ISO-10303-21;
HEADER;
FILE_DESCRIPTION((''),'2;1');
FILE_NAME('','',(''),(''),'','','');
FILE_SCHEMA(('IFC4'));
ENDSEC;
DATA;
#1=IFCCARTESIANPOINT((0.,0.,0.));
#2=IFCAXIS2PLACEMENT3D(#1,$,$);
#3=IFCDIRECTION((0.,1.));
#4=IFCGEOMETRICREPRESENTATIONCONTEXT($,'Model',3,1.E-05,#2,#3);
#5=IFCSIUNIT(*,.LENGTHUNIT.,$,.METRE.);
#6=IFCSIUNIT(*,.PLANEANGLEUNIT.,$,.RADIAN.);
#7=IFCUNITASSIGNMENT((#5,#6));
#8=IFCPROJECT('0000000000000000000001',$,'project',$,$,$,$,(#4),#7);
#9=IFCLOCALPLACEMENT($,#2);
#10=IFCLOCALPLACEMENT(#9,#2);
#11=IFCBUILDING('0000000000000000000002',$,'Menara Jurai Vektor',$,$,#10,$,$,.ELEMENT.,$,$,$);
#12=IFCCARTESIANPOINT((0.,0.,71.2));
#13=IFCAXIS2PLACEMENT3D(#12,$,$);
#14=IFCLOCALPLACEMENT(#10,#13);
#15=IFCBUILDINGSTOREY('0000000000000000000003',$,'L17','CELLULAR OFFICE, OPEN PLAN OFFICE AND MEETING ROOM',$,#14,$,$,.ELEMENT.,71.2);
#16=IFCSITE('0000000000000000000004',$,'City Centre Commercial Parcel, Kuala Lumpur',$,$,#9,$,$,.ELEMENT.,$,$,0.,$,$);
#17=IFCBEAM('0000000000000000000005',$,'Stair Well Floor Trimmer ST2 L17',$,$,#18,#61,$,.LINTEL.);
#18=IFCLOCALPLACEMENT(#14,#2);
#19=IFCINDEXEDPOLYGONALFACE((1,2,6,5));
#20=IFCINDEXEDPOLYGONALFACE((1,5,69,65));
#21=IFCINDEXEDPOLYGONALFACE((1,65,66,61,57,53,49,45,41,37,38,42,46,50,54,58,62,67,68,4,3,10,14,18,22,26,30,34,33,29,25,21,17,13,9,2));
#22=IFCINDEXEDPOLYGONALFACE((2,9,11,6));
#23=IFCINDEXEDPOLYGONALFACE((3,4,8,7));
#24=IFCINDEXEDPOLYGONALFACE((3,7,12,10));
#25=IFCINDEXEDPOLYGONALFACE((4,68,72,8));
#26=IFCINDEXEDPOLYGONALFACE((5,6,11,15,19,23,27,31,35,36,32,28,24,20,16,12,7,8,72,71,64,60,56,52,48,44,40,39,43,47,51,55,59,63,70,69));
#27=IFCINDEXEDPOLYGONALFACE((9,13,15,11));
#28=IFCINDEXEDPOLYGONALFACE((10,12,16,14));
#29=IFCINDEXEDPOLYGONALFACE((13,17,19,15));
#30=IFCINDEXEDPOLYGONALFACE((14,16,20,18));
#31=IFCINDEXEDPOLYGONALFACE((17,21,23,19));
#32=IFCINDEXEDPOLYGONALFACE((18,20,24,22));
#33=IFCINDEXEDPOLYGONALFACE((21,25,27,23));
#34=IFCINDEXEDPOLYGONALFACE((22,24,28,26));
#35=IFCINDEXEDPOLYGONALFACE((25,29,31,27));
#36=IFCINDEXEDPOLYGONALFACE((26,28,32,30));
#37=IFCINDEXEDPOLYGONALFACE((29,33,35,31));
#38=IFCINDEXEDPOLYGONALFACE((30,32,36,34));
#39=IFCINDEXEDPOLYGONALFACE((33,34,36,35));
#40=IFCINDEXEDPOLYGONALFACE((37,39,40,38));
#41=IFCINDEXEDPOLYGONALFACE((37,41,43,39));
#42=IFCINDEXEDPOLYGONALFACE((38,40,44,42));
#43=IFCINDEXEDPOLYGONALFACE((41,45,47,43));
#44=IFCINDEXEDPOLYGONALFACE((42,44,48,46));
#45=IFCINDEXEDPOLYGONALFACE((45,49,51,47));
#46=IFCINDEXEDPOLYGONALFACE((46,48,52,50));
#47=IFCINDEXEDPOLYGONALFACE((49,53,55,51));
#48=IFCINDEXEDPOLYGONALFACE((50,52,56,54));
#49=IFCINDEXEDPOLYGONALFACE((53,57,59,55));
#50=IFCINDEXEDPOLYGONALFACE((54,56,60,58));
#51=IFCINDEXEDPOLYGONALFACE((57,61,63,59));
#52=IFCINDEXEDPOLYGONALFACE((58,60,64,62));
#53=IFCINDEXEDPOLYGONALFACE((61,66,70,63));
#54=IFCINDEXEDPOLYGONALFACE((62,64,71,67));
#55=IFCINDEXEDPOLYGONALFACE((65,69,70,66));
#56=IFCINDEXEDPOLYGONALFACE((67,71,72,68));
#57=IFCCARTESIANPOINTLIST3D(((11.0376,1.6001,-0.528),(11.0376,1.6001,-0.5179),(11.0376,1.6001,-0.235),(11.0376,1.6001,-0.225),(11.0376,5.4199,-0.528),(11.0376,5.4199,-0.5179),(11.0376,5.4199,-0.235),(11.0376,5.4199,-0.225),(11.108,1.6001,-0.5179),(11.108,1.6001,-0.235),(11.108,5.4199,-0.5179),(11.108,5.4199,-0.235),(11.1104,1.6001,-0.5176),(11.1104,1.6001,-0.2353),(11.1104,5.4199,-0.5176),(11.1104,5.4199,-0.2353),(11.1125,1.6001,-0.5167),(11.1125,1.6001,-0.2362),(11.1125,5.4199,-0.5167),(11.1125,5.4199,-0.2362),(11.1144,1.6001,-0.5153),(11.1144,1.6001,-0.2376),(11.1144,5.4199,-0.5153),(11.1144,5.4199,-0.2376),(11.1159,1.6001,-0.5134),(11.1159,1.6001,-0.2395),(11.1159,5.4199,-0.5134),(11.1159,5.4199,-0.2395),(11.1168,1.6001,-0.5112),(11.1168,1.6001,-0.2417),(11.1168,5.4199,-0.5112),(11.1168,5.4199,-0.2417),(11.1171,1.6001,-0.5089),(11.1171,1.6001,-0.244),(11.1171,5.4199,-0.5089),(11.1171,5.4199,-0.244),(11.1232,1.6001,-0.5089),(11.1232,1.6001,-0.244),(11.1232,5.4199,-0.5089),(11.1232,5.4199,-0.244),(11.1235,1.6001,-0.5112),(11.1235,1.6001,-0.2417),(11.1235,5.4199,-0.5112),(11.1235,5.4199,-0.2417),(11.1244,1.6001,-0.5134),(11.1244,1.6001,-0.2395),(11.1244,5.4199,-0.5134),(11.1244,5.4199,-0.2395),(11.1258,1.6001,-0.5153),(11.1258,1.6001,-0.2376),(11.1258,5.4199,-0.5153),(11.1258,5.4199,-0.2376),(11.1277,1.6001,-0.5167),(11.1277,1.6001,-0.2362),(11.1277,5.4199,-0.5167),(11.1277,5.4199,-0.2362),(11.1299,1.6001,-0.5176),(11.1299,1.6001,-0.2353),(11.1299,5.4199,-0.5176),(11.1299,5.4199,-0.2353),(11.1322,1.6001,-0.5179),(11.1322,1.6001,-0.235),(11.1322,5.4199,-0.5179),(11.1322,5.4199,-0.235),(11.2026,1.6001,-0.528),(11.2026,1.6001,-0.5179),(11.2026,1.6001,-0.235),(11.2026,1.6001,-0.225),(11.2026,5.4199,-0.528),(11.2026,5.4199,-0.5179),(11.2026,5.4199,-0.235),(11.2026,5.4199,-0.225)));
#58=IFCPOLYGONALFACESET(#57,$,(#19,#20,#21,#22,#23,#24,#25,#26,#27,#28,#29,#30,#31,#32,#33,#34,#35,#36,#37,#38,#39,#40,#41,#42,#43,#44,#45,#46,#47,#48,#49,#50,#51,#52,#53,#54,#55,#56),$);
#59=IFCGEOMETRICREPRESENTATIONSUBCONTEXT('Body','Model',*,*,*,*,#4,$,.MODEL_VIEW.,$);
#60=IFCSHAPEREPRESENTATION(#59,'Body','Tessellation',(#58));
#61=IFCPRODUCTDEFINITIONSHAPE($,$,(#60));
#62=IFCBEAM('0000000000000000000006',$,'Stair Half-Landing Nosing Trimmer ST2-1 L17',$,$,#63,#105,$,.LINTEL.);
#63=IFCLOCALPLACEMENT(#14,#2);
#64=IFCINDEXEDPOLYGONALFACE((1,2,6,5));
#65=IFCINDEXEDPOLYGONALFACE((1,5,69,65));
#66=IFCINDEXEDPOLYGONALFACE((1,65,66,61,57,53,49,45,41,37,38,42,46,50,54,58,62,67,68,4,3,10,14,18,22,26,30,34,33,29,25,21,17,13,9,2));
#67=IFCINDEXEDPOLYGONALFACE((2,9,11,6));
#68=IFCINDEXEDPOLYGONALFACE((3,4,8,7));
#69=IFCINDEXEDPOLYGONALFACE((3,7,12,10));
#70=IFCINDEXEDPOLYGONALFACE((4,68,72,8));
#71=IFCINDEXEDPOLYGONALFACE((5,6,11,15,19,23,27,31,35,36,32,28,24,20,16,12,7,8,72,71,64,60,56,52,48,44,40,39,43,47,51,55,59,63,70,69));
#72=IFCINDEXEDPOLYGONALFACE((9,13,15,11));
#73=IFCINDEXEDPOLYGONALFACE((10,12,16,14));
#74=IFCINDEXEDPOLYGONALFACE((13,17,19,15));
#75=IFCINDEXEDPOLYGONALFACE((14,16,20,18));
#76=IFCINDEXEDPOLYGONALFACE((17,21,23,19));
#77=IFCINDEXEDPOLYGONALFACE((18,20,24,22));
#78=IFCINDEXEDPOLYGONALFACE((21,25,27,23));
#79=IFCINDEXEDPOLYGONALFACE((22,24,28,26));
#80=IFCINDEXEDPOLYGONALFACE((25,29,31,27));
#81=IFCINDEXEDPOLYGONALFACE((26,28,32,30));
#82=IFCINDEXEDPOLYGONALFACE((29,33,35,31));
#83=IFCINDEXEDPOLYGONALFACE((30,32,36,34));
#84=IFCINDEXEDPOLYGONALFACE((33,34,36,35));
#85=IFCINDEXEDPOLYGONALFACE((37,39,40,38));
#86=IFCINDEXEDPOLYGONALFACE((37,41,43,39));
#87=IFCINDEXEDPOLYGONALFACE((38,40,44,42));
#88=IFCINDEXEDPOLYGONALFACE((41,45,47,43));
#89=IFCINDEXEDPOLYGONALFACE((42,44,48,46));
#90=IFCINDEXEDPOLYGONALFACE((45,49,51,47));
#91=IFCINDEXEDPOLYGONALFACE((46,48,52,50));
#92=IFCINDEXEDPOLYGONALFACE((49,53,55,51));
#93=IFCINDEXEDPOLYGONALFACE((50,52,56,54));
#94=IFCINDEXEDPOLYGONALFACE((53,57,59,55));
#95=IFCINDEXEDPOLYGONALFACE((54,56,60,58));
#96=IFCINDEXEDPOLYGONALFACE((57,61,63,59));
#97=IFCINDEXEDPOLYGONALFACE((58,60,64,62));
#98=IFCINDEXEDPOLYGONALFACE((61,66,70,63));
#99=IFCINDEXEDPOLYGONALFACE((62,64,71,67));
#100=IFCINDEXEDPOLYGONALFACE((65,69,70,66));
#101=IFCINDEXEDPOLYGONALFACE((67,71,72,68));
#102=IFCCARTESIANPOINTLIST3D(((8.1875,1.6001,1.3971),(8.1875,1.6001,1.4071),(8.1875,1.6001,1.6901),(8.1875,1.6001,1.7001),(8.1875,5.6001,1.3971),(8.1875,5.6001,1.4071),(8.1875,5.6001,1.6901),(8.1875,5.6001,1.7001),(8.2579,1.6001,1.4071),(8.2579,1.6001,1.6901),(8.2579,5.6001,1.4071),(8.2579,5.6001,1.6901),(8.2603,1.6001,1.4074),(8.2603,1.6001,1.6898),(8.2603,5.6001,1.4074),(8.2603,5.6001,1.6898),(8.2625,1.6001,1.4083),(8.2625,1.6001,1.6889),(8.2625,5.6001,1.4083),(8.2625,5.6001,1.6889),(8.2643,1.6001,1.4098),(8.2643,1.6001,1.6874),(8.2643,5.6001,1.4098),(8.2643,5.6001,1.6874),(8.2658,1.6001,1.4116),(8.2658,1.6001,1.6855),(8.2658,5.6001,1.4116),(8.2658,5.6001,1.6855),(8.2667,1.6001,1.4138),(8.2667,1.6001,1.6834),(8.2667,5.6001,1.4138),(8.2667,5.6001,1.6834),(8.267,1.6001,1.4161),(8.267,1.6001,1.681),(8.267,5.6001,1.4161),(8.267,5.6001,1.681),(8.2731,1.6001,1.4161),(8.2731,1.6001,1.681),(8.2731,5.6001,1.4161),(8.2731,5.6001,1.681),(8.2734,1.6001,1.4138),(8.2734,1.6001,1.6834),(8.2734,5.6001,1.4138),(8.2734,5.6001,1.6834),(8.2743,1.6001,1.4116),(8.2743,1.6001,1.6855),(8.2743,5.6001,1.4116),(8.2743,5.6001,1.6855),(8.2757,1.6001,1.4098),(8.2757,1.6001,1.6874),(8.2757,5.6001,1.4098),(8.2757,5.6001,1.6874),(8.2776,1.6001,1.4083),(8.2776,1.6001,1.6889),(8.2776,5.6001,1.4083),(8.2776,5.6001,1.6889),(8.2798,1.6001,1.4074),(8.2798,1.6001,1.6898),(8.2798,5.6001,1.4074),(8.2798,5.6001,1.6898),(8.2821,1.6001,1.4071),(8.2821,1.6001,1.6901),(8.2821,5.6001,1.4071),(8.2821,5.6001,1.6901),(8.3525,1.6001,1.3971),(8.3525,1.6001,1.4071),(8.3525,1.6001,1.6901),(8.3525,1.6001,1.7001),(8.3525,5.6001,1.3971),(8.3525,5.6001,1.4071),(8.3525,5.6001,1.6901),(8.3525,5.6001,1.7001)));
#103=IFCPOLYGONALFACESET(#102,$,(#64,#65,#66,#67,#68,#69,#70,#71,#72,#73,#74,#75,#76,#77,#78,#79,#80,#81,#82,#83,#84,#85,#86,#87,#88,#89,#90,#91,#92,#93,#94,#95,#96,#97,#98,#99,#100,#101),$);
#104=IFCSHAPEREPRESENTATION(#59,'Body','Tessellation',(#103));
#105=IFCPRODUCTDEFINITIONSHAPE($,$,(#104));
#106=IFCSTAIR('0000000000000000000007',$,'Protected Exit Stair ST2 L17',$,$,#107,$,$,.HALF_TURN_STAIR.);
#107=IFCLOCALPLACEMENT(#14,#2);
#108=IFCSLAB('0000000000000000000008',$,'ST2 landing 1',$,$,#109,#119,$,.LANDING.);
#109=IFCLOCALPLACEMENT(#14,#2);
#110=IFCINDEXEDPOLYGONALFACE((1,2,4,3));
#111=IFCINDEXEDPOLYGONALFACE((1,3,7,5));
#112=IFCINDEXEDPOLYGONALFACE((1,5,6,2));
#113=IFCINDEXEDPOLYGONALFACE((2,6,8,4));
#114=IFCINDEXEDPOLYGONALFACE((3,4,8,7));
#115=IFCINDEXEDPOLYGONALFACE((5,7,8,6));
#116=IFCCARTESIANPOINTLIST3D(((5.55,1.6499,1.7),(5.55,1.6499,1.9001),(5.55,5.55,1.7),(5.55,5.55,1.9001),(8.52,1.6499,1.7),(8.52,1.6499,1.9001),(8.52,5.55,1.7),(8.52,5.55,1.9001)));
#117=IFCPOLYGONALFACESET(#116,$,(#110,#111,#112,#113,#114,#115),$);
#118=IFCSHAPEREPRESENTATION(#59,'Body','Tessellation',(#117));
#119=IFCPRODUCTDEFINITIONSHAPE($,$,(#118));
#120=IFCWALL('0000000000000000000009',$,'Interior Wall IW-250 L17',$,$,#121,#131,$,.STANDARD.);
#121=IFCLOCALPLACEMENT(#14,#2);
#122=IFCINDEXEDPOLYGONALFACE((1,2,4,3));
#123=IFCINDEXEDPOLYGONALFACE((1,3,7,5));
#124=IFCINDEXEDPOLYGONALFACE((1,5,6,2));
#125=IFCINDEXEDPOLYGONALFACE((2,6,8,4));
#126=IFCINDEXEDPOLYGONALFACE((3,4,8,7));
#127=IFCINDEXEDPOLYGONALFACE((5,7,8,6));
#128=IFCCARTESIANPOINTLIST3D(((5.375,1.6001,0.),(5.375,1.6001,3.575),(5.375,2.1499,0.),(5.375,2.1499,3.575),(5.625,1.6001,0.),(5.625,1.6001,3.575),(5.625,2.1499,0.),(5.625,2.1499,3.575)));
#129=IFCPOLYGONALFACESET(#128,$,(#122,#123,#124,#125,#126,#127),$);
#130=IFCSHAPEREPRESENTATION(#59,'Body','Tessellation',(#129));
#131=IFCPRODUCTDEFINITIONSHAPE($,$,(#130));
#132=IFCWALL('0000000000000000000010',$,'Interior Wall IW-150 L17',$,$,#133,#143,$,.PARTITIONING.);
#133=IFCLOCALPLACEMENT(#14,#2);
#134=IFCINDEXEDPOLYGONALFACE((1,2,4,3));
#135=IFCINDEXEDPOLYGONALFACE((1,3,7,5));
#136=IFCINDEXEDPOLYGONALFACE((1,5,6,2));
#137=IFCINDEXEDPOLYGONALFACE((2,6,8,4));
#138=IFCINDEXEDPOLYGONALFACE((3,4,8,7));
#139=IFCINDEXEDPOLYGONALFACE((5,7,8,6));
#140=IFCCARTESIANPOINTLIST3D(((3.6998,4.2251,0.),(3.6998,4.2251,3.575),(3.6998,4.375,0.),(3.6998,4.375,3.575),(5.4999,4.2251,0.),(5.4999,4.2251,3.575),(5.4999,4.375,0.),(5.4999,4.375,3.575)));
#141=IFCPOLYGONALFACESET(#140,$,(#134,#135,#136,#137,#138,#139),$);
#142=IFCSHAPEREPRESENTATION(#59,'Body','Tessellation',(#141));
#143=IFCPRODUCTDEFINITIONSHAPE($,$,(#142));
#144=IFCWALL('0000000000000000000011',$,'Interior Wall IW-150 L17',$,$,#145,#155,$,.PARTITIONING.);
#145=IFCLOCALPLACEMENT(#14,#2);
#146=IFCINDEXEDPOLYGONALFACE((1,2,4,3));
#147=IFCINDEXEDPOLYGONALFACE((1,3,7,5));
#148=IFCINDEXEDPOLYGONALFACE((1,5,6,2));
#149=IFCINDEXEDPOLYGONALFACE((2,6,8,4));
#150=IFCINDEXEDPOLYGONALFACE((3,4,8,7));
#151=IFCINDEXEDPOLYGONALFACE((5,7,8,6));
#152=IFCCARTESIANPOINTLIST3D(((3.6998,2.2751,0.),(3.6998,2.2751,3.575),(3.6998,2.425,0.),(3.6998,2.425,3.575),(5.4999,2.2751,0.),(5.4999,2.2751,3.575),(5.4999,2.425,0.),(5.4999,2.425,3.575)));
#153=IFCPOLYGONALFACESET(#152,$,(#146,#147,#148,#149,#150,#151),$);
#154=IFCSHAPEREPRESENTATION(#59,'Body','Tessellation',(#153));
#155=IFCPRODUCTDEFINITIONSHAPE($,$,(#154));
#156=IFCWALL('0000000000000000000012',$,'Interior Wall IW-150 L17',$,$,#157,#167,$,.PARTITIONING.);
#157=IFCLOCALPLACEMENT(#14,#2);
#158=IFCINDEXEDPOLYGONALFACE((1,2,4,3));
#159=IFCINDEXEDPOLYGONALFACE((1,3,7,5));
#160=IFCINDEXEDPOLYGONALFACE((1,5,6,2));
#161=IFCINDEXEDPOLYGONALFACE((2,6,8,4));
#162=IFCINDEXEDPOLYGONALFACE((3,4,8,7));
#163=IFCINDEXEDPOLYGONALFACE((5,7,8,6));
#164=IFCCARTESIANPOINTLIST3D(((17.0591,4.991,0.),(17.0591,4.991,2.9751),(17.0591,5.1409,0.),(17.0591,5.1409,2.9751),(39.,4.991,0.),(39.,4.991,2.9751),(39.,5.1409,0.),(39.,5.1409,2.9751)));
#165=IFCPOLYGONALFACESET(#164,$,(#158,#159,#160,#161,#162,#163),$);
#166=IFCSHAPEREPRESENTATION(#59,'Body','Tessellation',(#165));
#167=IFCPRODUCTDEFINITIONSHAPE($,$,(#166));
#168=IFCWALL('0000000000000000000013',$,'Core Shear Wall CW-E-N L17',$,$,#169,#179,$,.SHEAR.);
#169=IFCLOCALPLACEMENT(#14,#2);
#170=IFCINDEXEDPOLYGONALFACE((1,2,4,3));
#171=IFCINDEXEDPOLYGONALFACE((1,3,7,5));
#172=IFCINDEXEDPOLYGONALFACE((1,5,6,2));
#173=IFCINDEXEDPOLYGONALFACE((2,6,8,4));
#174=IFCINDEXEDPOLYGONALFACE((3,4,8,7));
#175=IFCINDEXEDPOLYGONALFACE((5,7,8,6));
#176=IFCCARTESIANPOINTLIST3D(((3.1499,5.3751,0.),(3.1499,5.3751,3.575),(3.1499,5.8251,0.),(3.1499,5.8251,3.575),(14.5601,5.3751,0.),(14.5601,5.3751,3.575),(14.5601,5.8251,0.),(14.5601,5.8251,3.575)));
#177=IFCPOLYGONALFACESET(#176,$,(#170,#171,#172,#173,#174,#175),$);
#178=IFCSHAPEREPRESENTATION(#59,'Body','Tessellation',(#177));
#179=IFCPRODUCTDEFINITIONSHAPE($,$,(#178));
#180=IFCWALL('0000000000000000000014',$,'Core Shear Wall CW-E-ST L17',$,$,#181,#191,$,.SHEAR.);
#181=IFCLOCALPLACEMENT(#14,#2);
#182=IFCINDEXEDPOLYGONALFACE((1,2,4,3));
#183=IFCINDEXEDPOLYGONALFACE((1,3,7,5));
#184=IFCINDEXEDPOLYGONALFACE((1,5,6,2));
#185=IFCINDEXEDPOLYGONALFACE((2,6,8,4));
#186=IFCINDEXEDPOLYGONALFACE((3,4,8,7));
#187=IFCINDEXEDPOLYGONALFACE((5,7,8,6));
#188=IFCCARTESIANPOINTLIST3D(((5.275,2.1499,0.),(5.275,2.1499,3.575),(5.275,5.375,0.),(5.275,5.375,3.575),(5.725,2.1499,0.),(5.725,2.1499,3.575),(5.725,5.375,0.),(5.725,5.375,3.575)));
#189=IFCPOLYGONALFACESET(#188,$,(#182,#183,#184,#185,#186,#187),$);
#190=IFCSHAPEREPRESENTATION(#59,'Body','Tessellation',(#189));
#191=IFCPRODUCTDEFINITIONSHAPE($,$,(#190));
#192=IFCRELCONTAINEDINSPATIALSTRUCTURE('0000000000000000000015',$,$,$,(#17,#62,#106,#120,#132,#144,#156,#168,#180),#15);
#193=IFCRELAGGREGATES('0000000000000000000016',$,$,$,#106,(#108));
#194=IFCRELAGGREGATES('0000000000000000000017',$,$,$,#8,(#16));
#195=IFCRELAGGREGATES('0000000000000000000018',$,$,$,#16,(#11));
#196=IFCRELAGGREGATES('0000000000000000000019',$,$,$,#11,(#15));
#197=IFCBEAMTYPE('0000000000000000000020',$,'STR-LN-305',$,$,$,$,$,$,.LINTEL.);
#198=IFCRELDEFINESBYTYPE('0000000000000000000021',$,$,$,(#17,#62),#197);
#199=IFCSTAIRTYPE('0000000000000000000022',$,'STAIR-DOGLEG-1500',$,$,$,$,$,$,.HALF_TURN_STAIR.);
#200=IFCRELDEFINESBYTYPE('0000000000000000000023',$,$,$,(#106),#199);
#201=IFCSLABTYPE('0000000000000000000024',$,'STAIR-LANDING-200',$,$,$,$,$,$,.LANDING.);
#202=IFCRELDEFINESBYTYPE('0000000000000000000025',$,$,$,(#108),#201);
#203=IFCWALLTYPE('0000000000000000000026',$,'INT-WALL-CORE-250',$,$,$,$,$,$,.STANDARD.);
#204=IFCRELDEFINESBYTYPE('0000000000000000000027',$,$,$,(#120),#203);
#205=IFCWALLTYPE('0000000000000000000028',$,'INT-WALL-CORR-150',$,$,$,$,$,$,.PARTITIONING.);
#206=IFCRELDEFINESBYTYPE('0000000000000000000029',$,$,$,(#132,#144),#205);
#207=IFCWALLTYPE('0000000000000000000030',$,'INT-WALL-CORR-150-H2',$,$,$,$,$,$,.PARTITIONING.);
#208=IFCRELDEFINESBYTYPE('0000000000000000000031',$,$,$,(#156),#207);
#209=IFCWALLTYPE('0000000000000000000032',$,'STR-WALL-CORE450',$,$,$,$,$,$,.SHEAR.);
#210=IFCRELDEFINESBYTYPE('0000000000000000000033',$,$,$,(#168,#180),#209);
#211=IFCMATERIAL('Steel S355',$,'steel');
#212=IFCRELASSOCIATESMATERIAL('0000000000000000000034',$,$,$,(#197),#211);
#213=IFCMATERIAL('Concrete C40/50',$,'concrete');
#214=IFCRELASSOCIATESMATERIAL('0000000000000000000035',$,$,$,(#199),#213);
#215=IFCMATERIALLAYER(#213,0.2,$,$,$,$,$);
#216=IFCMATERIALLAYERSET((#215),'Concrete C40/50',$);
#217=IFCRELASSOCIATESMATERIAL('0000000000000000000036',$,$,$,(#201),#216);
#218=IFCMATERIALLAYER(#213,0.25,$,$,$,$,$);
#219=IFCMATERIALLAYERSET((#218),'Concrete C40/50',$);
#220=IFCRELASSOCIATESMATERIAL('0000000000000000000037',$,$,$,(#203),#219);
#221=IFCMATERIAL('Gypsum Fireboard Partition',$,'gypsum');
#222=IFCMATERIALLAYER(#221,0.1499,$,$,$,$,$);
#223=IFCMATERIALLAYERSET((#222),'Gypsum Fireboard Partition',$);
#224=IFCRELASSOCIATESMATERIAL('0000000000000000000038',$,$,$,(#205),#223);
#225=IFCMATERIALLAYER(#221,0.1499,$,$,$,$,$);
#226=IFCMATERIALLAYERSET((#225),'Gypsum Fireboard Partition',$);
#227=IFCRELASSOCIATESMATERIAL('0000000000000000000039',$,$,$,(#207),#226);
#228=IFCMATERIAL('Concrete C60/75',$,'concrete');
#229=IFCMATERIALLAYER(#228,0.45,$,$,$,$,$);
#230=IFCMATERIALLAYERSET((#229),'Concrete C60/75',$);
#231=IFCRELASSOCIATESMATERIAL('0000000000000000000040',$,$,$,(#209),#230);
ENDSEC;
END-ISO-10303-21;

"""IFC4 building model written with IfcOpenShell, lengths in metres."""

from ifc_helpers import new_model, si_unit, direction, frame, frame_2d, origin, origin_2d, place, context, subcontext, project, spatial, polyline, rectangle, i_section, outline, extrude, material, layer, layer_set, material_profile, profile_set, type_object, element, aggregate, save


model = new_model("IFC4")

# Units and contexts
model_context = context("Model", 3, precision=1e-05, world=origin(), true_north=direction((0.0, 1.0)))
body_context = subcontext(model_context, "Body", "Model", "MODEL_VIEW")
ifc_project = project(units=[si_unit("LENGTHUNIT", "METRE"), si_unit("PLANEANGLEUNIT", "RADIAN")], contexts=[model_context])

# Site, building, storey
site_placement = place(None, origin())
site = spatial("IfcSite", under=ifc_project, at=site_placement, Name="City Centre Commercial Parcel, Kuala Lumpur", CompositionType="ELEMENT", RefElevation=0.0)
building_placement = place(site_placement, origin())
building = spatial("IfcBuilding", under=site, at=building_placement, Name="Menara Jurai Vektor", CompositionType="ELEMENT")
storey_placement = place(building_placement, frame((0.0, 0.0, 71.2)))
storey = spatial("IfcBuildingStorey", under=building, at=storey_placement, Name="L17", Description="CELLULAR OFFICE, OPEN PLAN OFFICE AND MEETING ROOM", CompositionType="ELEMENT", Elevation=71.2)

# Shared definitions
ifc_material_1 = material(Name="Concrete C60/75", Category="concrete")
ifc_material_2 = material(Name="Steel S355", Category="steel")

# Beams
ifc_material_profile_1 = material_profile(ifc_material_2, i_section(OverallWidth=0.165, OverallDepth=0.303, WebThickness=0.0061, FlangeThickness=0.01, FilletRadius=0.009, at=origin_2d()), Name="UKB 305x165x40")
ifc_profile_set_1 = profile_set([ifc_material_profile_1], Name="Steel S355")
beam_type_1 = type_object("IfcBeamType", Name="STR-LN-305", PredefinedType="LINTEL", material=ifc_profile_set_1)
beam_1_placement = place(storey_placement, frame((11.1201, 1.6001, -0.3765), z_axis=(0.0, 1.0, 0.0), x_axis=(-1.0, 0.0, 0.0)))
element("IfcBeam", 1, at=beam_1_placement, inside=storey, type_object=beam_type_1, Name="Stair Well Floor Trimmer ST2 L17", PredefinedType="LINTEL", context=body_context, shape_type="SweptSolid", body=[
    extrude(i_section(OverallWidth=0.165, OverallDepth=0.303, WebThickness=0.0061, FlangeThickness=0.01, FilletRadius=0.009, at=origin_2d()), origin(), (0.0, 0.0, 1.0), 3.8198),
])
beam_2_placement = place(storey_placement, frame((8.27, 1.6001, 1.5486), z_axis=(0.0, 1.0, 0.0), x_axis=(-1.0, 0.0, 0.0)))
element("IfcBeam", 2, at=beam_2_placement, inside=storey, type_object=beam_type_1, Name="Stair Half-Landing Nosing Trimmer ST2-1 L17", PredefinedType="LINTEL", context=body_context, shape_type="SweptSolid", body=[
    extrude(i_section(OverallWidth=0.165, OverallDepth=0.303, WebThickness=0.0061, FlangeThickness=0.01, FilletRadius=0.009, at=origin_2d()), origin(), (0.0, 0.0, 1.0), 4.0),
])

# Stair, slab
ifc_material_3 = material(Name="Concrete C40/50", Category="concrete")
stair_type = type_object("IfcStairType", Name="STAIR-DOGLEG-1500", PredefinedType="HALF_TURN_STAIR", material=ifc_material_3)
stair_placement = place(storey_placement, origin())
stair = element("IfcStair", 3, at=stair_placement, inside=storey, type_object=stair_type, Name="Protected Exit Stair ST2 L17", PredefinedType="HALF_TURN_STAIR")
ifc_layer_1 = layer(ifc_material_3, 0.2)
ifc_layer_set_1 = layer_set([ifc_layer_1], Name="Concrete C40/50")
slab_type = type_object("IfcSlabType", Name="STAIR-LANDING-200", PredefinedType="LANDING", material=ifc_layer_set_1)
slab_placement = place(storey_placement, frame((0.0, 0.0, 1.7)))
slab = element("IfcSlab", 4, at=slab_placement, type_object=slab_type, Name="ST2 landing 1", PredefinedType="LANDING", context=body_context, shape_type="SweptSolid", body=[
    extrude(outline(polyline([(5.55, 1.6499), (8.52, 1.6499), (8.52, 5.55), (5.55, 5.55), (5.55, 1.6499)])), origin(), (0.0, 0.0, 1.0), 0.2002),
])

# Shared definitions
ifc_layer_2 = layer(ifc_material_3, 0.25)
ifc_layer_set_2 = layer_set([ifc_layer_2], Name="Concrete C40/50")
wall_type_1 = type_object("IfcWallType", Name="INT-WALL-CORE-250", PredefinedType="STANDARD", material=ifc_layer_set_2)

# Walls
wall_1_placement = place(storey_placement, frame((5.5, 1.6001, 0.0), z_axis=(0.0, 0.0, 1.0), x_axis=(0.0, 1.0, 0.0)))
element("IfcWall", 5, at=wall_1_placement, inside=storey, type_object=wall_type_1, Name="Interior Wall IW-250 L17", PredefinedType="STANDARD", context=body_context, shape_type="SweptSolid", body=[
    extrude(rectangle(XDim=0.5498, YDim=0.25, at=frame_2d((0.2749, 0.0))), origin(), (0.0, 0.0, 1.0), 3.575),
])
ifc_material_4 = material(Name="Gypsum Fireboard Partition", Category="gypsum")
ifc_layer_3 = layer(ifc_material_4, 0.1499)
ifc_layer_set_3 = layer_set([ifc_layer_3], Name="Gypsum Fireboard Partition")
wall_type_2 = type_object("IfcWallType", Name="INT-WALL-CORR-150", PredefinedType="PARTITIONING", material=ifc_layer_set_3)
for number, where, z_axis, x_axis, name in (
    (6, (3.7, 4.3, 0.0), (0.0, 0.0, 1.0), (1.0, 0.0, 0.0), "Interior Wall IW-150 L17"),
    (7, (3.7, 2.3501, 0.0), (0.0, 0.0, 1.0), (1.0, 0.0, 0.0), "Interior Wall IW-150 L17"),
):
    element("IfcWall", number, at=place(storey_placement, frame(where, z_axis=z_axis, x_axis=x_axis)), inside=storey, type_object=wall_type_2, Name=name, PredefinedType="PARTITIONING", context=body_context, shape_type="SweptSolid", body=[
        extrude(rectangle(XDim=1.8, YDim=0.1499, at=frame_2d((0.8999, 0.0))), origin(), (0.0, 0.0, 1.0), 3.575),
    ])

# Walls
ifc_layer_4 = layer(ifc_material_4, 0.1499)
ifc_layer_set_4 = layer_set([ifc_layer_4], Name="Gypsum Fireboard Partition")
wall_type_3 = type_object("IfcWallType", Name="INT-WALL-CORR-150-H2", PredefinedType="PARTITIONING", material=ifc_layer_set_4)
wall_2_placement = place(storey_placement, frame((17.0591, 5.0659, 0.0), z_axis=(0.0, 0.0, 1.0), x_axis=(1.0, 0.0, 0.0)))
element("IfcWall", 8, at=wall_2_placement, inside=storey, type_object=wall_type_3, Name="Interior Wall IW-150 L17", PredefinedType="PARTITIONING", context=body_context, shape_type="SweptSolid", body=[
    extrude(rectangle(XDim=21.9409, YDim=0.1499, at=frame_2d((10.9705, 0.0))), origin(), (0.0, 0.0, 1.0), 2.9751),
])
ifc_layer_5 = layer(ifc_material_1, 0.45)
ifc_layer_set_5 = layer_set([ifc_layer_5], Name="Concrete C60/75")
wall_type_4 = type_object("IfcWallType", Name="STR-WALL-CORE450", PredefinedType="SHEAR", material=ifc_layer_set_5)
wall_3_placement = place(storey_placement, frame((3.1499, 5.6001, 0.0), z_axis=(0.0, 0.0, 1.0), x_axis=(1.0, 0.0, 0.0)))
element("IfcWall", 9, at=wall_3_placement, inside=storey, type_object=wall_type_4, Name="Core Shear Wall CW-E-N L17", PredefinedType="SHEAR", context=body_context, shape_type="SweptSolid", body=[
    extrude(rectangle(XDim=11.4102, YDim=0.45, at=frame_2d((5.7051, 0.0))), origin(), (0.0, 0.0, 1.0), 3.575),
])
wall_4_placement = place(storey_placement, frame((5.5, 2.1499, 0.0), z_axis=(0.0, 0.0, 1.0), x_axis=(0.0, 1.0, 0.0)))
element("IfcWall", 10, at=wall_4_placement, inside=storey, type_object=wall_type_4, Name="Core Shear Wall CW-E-ST L17", PredefinedType="SHEAR", context=body_context, shape_type="SweptSolid", body=[
    extrude(rectangle(XDim=3.2251, YDim=0.45, at=frame_2d((1.6125, 0.0))), origin(), (0.0, 0.0, 1.0), 3.575),
])

aggregate(stair, [slab])

save(model, "model.ifc")
